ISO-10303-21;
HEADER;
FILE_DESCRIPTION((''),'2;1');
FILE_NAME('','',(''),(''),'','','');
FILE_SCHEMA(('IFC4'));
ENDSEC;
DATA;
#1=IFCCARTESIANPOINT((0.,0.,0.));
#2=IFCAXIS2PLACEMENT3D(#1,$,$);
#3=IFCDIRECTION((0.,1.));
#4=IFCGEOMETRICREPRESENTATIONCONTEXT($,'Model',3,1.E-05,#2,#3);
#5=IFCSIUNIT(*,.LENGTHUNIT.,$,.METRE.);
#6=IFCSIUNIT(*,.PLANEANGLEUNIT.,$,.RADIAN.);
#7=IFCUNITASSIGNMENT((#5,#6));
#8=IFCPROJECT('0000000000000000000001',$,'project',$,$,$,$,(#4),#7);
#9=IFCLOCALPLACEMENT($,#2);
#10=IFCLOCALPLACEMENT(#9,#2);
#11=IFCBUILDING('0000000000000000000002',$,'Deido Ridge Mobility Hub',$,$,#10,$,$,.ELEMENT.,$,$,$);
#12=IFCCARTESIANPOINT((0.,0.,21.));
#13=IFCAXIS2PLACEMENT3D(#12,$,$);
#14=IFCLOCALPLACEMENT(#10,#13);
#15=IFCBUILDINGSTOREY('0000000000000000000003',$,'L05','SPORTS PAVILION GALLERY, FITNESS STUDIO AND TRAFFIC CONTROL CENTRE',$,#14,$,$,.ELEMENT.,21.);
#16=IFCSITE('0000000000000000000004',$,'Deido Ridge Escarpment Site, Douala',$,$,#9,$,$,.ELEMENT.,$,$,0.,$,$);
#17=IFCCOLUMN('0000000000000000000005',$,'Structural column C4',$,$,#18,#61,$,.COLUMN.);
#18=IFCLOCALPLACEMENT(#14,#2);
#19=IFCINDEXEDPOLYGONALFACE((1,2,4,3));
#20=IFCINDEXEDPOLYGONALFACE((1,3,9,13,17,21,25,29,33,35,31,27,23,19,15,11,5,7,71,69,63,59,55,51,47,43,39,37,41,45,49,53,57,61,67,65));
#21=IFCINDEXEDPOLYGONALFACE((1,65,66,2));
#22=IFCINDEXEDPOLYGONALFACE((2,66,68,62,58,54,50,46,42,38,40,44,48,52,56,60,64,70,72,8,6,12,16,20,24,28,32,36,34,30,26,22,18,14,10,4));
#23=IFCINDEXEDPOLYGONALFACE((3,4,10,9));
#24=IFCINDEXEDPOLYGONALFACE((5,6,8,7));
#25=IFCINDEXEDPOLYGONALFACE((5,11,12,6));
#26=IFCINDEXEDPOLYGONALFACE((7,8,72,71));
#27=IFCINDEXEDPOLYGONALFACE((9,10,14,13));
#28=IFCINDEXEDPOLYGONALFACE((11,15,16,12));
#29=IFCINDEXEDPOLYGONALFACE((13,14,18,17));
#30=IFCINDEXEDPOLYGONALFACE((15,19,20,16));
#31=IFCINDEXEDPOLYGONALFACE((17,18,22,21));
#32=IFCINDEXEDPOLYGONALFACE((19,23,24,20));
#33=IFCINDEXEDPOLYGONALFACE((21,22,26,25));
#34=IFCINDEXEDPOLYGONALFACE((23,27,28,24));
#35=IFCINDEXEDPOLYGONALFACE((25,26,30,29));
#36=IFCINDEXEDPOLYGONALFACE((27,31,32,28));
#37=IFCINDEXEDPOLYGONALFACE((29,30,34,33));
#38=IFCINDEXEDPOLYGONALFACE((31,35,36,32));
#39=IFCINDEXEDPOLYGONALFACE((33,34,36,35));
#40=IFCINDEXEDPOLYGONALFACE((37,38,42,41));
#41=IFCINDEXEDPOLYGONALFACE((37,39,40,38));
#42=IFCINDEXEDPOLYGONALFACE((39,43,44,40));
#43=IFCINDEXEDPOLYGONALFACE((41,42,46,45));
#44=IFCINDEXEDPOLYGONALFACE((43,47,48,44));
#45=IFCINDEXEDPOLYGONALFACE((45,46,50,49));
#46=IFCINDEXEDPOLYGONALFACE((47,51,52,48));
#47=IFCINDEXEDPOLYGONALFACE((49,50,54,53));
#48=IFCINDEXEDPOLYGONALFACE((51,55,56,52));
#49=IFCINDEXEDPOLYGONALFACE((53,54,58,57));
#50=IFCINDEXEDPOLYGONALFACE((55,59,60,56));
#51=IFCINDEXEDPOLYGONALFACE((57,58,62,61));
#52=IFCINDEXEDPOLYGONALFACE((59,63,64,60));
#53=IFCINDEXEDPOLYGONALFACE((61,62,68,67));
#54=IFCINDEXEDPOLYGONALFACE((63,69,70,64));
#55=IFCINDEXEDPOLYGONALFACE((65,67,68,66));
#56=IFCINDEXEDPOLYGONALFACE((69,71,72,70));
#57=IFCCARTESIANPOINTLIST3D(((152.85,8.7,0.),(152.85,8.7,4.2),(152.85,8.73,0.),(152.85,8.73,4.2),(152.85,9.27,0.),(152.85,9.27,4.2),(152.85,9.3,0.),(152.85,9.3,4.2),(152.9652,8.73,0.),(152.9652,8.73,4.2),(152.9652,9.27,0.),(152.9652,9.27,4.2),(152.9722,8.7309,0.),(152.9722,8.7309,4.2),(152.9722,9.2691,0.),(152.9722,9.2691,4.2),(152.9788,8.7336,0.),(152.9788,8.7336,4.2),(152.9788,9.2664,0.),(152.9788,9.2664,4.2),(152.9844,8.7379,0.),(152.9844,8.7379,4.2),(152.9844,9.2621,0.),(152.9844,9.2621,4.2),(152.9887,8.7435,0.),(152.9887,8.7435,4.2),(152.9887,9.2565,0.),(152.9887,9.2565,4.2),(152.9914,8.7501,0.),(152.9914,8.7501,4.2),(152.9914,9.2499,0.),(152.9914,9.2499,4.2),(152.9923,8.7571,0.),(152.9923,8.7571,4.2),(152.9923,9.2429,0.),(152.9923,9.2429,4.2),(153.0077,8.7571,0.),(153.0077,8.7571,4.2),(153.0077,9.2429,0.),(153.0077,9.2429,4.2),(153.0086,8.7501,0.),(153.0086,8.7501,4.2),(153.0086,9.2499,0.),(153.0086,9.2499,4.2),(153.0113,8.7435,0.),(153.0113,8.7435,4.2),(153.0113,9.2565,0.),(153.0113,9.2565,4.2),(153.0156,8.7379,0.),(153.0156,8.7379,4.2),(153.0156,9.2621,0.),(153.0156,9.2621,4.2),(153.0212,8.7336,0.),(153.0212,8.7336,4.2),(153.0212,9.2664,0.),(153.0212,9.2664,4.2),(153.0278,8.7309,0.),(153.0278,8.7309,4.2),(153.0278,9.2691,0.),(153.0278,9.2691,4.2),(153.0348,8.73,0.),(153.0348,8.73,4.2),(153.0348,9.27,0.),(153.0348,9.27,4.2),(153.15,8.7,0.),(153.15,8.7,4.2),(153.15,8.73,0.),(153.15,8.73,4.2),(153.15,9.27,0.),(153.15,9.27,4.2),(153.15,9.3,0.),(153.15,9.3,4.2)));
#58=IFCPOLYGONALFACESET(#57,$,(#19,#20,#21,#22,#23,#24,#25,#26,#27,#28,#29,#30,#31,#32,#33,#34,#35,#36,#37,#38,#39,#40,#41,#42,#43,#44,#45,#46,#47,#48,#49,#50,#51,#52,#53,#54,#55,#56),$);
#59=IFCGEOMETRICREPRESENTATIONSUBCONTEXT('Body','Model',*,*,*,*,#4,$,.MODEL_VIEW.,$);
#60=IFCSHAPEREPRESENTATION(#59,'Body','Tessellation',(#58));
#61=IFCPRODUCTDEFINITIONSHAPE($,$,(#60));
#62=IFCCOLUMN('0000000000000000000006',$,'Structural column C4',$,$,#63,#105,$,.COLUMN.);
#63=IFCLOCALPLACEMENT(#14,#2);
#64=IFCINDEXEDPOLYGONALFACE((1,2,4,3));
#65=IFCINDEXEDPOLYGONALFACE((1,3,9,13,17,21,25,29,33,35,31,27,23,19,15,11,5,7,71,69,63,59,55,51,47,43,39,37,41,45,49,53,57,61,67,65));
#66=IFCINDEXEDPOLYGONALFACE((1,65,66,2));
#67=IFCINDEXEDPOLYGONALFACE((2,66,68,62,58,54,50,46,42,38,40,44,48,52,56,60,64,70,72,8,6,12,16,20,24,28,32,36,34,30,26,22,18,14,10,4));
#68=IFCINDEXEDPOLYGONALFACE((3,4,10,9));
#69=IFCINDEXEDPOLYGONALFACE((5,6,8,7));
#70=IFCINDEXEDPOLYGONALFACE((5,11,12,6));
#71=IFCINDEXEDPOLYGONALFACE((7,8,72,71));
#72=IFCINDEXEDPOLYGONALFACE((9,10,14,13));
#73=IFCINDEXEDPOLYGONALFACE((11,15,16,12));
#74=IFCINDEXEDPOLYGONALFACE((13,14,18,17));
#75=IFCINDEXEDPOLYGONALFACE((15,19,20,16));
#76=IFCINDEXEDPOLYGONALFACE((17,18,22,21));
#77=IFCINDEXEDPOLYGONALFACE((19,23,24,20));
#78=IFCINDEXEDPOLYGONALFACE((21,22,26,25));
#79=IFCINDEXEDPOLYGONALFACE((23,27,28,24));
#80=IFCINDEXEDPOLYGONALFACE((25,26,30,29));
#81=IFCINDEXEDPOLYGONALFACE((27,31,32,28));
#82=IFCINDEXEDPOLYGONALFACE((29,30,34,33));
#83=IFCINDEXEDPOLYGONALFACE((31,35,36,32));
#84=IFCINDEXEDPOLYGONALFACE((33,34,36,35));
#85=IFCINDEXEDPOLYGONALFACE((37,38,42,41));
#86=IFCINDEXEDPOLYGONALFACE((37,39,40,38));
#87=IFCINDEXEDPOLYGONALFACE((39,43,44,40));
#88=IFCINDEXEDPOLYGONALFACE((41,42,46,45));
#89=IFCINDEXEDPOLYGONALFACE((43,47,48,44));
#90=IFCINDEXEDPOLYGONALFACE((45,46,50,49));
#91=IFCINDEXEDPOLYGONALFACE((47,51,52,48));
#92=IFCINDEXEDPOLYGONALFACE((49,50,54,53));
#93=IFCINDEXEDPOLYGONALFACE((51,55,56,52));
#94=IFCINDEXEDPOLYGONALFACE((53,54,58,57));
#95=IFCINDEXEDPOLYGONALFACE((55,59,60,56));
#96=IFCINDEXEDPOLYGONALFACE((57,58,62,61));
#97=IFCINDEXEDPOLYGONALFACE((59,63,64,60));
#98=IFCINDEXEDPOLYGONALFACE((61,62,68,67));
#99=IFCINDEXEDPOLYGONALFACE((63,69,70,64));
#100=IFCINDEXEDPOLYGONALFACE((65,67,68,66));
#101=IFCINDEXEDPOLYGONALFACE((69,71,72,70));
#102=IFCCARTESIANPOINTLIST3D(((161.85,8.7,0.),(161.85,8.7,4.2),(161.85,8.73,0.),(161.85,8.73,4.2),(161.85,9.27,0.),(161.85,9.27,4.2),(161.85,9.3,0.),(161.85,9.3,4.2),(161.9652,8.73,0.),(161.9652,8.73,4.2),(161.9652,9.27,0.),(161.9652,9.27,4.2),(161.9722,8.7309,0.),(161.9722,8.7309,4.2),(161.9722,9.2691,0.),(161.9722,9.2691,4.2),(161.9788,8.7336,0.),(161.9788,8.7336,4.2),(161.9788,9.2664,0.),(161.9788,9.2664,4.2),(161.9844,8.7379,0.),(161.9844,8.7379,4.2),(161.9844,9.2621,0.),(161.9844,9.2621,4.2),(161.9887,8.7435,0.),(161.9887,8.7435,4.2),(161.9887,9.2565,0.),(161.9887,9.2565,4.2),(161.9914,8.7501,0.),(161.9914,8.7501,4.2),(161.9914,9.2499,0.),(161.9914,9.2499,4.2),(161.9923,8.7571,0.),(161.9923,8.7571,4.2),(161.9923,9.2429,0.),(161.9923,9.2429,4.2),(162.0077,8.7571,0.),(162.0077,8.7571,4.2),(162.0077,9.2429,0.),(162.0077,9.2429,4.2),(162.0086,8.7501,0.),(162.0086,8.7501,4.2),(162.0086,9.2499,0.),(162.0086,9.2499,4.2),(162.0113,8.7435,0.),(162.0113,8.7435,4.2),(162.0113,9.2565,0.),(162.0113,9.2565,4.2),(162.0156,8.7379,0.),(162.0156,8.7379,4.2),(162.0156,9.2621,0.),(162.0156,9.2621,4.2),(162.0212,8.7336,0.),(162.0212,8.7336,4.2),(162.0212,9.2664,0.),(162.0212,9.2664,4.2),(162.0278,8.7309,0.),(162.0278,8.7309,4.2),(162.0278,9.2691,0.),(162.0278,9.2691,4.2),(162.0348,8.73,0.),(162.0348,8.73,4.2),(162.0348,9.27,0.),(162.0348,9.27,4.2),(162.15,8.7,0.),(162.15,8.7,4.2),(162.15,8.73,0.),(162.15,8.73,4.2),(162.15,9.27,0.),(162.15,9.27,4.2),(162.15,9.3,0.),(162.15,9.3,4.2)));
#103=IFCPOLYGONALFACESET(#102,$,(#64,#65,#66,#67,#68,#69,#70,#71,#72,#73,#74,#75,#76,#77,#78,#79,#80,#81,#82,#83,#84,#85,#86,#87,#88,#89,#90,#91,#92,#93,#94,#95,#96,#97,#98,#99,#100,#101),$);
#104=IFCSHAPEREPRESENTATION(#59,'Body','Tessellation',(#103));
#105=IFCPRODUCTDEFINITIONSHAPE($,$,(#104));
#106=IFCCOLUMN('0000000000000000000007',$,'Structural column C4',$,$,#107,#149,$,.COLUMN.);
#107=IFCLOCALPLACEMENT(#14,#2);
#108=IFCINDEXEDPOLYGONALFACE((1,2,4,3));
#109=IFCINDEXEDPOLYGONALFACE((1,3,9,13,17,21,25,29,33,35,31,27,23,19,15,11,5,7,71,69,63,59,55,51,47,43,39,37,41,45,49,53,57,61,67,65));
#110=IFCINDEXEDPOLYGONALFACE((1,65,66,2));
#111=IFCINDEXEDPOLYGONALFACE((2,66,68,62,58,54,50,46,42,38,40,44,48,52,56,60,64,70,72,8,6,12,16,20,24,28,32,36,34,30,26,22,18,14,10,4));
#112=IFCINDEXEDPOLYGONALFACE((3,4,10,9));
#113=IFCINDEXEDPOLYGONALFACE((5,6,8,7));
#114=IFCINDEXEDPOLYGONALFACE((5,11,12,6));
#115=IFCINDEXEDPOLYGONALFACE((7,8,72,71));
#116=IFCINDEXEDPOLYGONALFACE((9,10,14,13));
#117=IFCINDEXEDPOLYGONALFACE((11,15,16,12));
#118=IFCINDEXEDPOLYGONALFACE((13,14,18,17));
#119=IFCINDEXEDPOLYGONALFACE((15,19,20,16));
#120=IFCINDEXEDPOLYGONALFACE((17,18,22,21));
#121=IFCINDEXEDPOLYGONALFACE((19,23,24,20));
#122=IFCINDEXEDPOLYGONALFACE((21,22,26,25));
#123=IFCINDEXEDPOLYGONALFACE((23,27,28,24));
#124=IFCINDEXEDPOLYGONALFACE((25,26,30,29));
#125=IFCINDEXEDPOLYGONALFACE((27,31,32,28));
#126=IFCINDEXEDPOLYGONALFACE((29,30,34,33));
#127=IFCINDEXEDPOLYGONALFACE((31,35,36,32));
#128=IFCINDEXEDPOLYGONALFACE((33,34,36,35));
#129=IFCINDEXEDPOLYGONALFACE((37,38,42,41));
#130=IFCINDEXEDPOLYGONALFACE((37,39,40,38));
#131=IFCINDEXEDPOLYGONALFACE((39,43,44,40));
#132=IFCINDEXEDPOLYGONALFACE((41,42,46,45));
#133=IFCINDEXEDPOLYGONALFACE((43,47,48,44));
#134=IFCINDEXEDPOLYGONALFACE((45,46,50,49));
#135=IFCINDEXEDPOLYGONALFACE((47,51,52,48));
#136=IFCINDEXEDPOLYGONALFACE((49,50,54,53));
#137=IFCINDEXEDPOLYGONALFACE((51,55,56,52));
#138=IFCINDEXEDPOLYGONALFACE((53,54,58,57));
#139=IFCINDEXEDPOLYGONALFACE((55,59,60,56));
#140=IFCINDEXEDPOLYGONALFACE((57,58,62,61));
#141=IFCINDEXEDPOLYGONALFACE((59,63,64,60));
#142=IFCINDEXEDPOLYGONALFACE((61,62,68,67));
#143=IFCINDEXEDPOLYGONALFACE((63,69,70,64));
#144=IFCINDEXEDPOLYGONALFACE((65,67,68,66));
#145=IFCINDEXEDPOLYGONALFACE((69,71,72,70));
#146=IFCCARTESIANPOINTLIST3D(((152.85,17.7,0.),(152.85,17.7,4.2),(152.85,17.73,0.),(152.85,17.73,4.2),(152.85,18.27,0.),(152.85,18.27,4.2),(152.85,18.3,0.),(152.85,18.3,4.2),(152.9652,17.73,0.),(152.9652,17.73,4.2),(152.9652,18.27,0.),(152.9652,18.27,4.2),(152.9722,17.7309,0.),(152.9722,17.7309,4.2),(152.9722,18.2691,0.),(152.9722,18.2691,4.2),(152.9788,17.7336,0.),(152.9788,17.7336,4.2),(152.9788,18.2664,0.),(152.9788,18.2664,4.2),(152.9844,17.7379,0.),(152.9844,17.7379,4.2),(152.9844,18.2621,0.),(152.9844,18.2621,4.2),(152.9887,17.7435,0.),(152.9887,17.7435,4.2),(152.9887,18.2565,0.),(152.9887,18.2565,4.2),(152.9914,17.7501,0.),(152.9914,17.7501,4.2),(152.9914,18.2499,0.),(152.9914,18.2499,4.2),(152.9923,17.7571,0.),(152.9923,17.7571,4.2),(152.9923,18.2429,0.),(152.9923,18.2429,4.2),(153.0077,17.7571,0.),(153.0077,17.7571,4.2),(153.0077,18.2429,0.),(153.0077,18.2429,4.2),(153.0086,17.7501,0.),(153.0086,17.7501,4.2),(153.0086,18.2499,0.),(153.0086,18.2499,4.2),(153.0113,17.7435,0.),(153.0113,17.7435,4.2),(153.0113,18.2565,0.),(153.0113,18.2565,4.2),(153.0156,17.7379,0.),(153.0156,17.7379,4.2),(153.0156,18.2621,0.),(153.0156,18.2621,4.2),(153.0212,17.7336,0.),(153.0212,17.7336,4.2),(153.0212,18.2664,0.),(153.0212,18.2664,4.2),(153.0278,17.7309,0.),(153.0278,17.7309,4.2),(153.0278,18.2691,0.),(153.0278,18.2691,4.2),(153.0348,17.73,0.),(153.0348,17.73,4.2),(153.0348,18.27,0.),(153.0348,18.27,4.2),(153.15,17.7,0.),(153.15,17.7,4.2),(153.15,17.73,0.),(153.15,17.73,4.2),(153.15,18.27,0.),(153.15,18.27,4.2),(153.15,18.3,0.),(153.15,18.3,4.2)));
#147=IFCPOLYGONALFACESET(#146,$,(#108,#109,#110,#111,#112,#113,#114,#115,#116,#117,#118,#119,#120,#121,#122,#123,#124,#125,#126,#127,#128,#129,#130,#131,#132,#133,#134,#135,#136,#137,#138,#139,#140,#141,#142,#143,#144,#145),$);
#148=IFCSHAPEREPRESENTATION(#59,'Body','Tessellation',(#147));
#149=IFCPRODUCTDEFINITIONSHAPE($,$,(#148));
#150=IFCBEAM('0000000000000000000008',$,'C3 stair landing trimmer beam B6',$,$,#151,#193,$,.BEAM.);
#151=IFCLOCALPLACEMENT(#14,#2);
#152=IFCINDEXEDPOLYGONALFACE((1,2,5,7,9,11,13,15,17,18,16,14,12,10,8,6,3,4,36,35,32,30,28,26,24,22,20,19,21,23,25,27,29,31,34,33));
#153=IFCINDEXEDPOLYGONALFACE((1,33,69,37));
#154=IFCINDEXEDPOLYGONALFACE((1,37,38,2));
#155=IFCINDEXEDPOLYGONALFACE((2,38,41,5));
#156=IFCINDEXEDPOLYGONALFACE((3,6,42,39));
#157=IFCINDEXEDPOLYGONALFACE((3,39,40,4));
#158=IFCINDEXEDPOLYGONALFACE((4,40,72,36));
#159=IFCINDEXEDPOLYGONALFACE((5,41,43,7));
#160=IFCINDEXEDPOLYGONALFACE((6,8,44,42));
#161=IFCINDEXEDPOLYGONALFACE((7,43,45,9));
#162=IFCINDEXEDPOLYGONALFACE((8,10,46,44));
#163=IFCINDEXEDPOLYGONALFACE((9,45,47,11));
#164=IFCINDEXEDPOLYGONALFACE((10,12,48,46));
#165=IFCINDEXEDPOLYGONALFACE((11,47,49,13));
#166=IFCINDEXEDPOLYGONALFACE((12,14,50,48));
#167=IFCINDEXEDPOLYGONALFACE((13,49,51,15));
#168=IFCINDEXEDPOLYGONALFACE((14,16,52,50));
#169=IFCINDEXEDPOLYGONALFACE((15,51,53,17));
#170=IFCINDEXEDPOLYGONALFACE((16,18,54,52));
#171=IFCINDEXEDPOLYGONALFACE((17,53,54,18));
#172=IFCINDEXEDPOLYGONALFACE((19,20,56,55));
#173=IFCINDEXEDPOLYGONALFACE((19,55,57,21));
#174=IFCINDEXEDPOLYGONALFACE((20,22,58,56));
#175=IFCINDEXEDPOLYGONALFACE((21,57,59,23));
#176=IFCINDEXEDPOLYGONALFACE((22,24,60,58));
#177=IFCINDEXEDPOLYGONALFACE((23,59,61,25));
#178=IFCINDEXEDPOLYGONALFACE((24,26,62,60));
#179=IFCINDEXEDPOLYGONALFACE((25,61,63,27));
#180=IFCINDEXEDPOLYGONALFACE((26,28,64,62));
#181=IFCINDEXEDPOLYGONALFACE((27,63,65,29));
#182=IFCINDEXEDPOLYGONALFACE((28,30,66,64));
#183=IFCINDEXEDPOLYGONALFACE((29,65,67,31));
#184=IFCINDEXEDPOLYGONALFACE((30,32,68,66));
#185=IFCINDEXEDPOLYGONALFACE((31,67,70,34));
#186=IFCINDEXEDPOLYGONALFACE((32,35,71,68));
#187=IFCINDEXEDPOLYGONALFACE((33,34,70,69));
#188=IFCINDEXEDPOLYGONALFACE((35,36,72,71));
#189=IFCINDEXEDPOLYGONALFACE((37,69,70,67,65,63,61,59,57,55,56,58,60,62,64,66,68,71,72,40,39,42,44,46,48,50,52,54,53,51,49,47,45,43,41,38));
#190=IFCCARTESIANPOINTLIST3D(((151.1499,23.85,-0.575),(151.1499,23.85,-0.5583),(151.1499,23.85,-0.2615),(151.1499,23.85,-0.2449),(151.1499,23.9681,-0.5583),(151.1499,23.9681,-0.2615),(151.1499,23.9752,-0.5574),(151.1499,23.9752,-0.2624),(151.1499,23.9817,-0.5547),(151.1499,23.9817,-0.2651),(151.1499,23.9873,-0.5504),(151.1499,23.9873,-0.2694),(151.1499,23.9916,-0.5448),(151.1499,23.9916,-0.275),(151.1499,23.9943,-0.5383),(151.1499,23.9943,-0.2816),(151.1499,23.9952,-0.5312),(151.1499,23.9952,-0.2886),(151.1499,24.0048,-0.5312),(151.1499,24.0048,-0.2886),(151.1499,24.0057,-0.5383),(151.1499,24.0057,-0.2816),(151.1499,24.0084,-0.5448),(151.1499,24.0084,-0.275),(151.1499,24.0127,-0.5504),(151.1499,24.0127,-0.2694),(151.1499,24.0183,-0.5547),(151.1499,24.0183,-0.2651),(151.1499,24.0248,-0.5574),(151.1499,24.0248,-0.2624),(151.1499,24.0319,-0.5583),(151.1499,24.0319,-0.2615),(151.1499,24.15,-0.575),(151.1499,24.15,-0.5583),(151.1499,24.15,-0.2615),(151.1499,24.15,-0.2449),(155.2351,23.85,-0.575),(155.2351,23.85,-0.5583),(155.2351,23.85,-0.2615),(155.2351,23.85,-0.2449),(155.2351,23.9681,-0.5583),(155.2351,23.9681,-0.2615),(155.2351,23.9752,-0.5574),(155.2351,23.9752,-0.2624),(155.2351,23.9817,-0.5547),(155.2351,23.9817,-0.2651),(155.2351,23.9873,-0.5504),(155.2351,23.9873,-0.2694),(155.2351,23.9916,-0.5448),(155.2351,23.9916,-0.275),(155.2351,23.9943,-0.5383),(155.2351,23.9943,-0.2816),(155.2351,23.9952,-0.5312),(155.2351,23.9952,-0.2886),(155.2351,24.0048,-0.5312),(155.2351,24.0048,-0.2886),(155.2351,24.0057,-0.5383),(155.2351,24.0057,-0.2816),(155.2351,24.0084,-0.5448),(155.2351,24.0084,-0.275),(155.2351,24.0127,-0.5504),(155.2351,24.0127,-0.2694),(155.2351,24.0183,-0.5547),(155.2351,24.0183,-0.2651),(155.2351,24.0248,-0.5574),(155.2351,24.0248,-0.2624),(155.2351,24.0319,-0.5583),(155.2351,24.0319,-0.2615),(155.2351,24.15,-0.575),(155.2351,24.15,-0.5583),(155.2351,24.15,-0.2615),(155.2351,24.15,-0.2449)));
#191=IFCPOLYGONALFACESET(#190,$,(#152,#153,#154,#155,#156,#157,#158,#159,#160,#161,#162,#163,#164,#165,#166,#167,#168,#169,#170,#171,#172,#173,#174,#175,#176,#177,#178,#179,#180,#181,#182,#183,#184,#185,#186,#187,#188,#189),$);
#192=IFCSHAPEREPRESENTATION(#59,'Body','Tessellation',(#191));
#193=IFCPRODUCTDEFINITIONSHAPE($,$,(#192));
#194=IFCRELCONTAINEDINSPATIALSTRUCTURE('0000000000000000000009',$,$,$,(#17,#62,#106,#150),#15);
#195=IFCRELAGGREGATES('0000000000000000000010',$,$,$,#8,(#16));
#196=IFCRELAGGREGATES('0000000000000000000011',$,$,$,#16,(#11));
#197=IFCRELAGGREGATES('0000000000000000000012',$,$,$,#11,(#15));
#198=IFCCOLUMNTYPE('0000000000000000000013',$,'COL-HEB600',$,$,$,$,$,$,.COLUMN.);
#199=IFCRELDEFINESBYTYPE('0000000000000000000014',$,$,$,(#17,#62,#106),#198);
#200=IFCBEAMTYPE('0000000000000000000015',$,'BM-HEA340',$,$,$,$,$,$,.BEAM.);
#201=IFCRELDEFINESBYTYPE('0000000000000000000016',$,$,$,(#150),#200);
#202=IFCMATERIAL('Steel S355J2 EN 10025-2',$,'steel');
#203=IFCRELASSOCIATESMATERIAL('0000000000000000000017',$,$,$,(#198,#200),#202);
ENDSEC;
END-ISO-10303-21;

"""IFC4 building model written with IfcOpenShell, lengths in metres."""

from ifc_helpers import new_model, si_unit, direction, frame, origin, origin_2d, place, context, subcontext, project, spatial, i_section, extrude, material, material_profile, profile_set, type_object, element, save


model = new_model("IFC4")

# Units and contexts
model_context = context("Model", 3, precision=1e-05, world=origin(), true_north=direction((0.0, 1.0)))
body_context = subcontext(model_context, "Body", "Model", "MODEL_VIEW")
ifc_project = project(units=[si_unit("LENGTHUNIT", "METRE"), si_unit("PLANEANGLEUNIT", "RADIAN")], contexts=[model_context])

# Site, building, storey
site_placement = place(None, origin())
site = spatial("IfcSite", under=ifc_project, at=site_placement, Name="Deido Ridge Escarpment Site, Douala", CompositionType="ELEMENT", RefElevation=0.0)
building_placement = place(site_placement, origin())
building = spatial("IfcBuilding", under=site, at=building_placement, Name="Deido Ridge Mobility Hub", CompositionType="ELEMENT")
storey_placement = place(building_placement, frame((0.0, 0.0, 21.0)))
storey = spatial("IfcBuildingStorey", under=building, at=storey_placement, Name="L05", Description="SPORTS PAVILION GALLERY, FITNESS STUDIO AND TRAFFIC CONTROL CENTRE", CompositionType="ELEMENT", Elevation=21.0)

# Columns
ifc_material_1 = material(Name="Steel S355J2 EN 10025-2", Category="steel")
ifc_material_profile_1 = material_profile(ifc_material_1, i_section(OverallWidth=0.3, OverallDepth=0.6001, WebThickness=0.0154, FlangeThickness=0.03, FilletRadius=0.0271, at=origin_2d()), Name="HEB 600")
ifc_profile_set_1 = profile_set([ifc_material_profile_1], Name="Steel S355J2 EN 10025-2")
column_type = type_object("IfcColumnType", Name="COL-HEB600", PredefinedType="COLUMN", material=ifc_profile_set_1)
for number, where, z_axis, x_axis, name in (
    (1, (153.0, 9.0, 0.0), (0.0, 0.0, 1.0), (1.0, 0.0, 0.0), "Structural column C4"),
    (2, (162.0, 9.0, 0.0), (0.0, 0.0, 1.0), (1.0, 0.0, 0.0), "Structural column C4"),
    (3, (153.0, 18.0, 0.0), (0.0, 0.0, 1.0), (1.0, 0.0, 0.0), "Structural column C4"),
):
    element("IfcColumn", number, at=place(storey_placement, frame(where, z_axis=z_axis, x_axis=x_axis)), inside=storey, type_object=column_type, Name=name, PredefinedType="COLUMN", context=body_context, shape_type="SweptSolid", body=[
        extrude(i_section(OverallWidth=0.3, OverallDepth=0.6001, WebThickness=0.0154, FlangeThickness=0.03, FilletRadius=0.0271, at=origin_2d()), origin(), (0.0, 0.0, 1.0), 4.2),
    ])

# Beam
ifc_material_profile_2 = material_profile(ifc_material_1, i_section(OverallWidth=0.3, OverallDepth=0.3301, WebThickness=0.0095, FlangeThickness=0.0166, FilletRadius=0.0271, at=origin_2d()), Name="HEA 340")
ifc_profile_set_2 = profile_set([ifc_material_profile_2], Name="Steel S355J2 EN 10025-2")
beam_type_1 = type_object("IfcBeamType", Name="BM-HEA340", PredefinedType="BEAM", material=ifc_profile_set_2)
beam_1_placement = place(storey_placement, frame((151.1499, 24.0, -0.4099), z_axis=(1.0, 0.0, 0.0), x_axis=(0.0, 1.0, 0.0)))
element("IfcBeam", 4, at=beam_1_placement, inside=storey, type_object=beam_type_1, Name="C3 stair landing trimmer beam B6", PredefinedType="BEAM", context=body_context, shape_type="SweptSolid", body=[
    extrude(i_section(OverallWidth=0.3, OverallDepth=0.3301, WebThickness=0.0095, FlangeThickness=0.0166, FilletRadius=0.0271, at=origin_2d()), origin(), (0.0, 0.0, 1.0), 4.0852),
])

save(model, "model.ifc")
